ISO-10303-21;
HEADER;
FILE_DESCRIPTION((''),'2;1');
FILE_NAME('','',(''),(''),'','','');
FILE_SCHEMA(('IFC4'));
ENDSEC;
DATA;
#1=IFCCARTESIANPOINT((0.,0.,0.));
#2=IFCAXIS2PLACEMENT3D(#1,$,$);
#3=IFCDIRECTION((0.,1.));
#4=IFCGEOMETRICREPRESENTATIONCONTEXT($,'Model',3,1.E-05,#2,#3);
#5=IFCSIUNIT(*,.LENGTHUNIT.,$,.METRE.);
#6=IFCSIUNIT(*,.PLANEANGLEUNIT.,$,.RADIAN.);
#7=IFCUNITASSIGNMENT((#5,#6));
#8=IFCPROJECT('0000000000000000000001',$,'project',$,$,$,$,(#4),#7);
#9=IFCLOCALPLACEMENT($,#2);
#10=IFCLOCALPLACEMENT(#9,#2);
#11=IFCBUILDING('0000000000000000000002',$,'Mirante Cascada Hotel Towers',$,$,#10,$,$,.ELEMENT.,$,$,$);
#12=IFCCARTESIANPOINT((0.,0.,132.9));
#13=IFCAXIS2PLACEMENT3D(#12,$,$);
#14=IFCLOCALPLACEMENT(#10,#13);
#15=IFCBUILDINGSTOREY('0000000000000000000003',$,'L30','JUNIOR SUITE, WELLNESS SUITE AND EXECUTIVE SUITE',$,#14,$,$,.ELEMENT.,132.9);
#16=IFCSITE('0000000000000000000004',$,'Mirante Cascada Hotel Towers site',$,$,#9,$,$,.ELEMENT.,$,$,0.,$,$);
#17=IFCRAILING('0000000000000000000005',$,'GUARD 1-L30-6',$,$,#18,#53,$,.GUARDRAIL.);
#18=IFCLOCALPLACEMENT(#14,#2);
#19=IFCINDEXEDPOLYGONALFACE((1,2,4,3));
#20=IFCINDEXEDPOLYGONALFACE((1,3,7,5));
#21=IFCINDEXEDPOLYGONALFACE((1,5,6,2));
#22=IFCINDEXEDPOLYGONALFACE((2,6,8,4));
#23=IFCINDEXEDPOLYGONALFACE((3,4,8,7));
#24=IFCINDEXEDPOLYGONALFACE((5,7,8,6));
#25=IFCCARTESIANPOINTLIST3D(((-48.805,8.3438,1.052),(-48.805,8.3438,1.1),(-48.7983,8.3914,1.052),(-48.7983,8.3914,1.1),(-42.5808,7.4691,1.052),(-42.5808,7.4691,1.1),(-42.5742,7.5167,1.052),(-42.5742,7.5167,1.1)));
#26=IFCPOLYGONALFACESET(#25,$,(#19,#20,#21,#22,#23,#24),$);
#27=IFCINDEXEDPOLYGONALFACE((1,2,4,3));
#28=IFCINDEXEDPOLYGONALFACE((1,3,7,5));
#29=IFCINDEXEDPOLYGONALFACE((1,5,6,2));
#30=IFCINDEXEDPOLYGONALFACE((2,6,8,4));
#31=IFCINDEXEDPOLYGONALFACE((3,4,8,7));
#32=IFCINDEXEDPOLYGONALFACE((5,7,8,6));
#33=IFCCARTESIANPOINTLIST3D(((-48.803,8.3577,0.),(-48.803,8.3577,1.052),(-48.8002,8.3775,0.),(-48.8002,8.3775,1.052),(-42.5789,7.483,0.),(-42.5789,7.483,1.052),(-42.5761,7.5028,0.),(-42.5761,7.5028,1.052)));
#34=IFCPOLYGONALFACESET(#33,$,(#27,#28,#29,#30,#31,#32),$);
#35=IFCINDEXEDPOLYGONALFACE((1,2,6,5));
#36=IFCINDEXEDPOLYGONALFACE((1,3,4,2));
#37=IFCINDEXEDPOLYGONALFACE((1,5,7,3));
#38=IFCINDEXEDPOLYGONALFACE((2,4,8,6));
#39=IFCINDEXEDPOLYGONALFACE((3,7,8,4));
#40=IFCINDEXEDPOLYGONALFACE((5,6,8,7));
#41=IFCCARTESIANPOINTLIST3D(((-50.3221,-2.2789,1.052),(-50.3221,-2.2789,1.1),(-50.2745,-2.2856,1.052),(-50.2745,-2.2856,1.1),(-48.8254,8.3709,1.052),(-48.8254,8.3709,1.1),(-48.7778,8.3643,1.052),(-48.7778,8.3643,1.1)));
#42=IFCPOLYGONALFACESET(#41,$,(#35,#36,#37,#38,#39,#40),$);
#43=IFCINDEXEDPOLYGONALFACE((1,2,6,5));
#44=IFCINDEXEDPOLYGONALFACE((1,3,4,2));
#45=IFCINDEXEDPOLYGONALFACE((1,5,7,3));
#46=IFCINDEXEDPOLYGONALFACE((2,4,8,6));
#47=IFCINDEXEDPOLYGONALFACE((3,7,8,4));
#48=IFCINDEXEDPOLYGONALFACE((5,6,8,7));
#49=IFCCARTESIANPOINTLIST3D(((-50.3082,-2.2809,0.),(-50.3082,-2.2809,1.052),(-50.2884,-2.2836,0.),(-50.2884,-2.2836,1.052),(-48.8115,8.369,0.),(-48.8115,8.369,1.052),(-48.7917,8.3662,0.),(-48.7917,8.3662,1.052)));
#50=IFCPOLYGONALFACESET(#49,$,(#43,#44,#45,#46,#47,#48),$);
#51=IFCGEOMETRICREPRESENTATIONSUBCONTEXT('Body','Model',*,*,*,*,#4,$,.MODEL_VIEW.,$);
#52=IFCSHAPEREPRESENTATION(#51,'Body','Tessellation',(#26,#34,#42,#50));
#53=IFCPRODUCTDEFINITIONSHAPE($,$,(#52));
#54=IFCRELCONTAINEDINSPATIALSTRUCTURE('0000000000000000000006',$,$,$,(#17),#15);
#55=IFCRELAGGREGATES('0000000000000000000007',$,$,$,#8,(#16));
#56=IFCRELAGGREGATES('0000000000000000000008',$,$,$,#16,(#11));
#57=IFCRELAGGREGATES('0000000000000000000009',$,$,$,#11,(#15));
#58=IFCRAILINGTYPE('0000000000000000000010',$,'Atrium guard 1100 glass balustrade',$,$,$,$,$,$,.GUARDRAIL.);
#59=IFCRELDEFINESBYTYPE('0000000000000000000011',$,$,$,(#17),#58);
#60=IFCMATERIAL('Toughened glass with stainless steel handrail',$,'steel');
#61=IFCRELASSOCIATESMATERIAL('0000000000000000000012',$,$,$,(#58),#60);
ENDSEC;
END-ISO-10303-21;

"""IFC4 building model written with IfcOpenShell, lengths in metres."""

from ifc_helpers import new_model, si_unit, direction, frame, origin, origin_2d, place, context, subcontext, project, spatial, rectangle, extrude, material, type_object, element, save


model = new_model("IFC4")

# Units and contexts
model_context = context("Model", 3, precision=1e-05, world=origin(), true_north=direction((0.0, 1.0)))
body_context = subcontext(model_context, "Body", "Model", "MODEL_VIEW")
ifc_project = project(units=[si_unit("LENGTHUNIT", "METRE"), si_unit("PLANEANGLEUNIT", "RADIAN")], contexts=[model_context])

# Site, building, storey
site_placement = place(None, origin())
site = spatial("IfcSite", under=ifc_project, at=site_placement, Name="Mirante Cascada Hotel Towers site", CompositionType="ELEMENT", RefElevation=0.0)
building_placement = place(site_placement, origin())
building = spatial("IfcBuilding", under=site, at=building_placement, Name="Mirante Cascada Hotel Towers", CompositionType="ELEMENT")
storey_placement = place(building_placement, frame((0.0, 0.0, 132.9)))
storey = spatial("IfcBuildingStorey", under=building, at=storey_placement, Name="L30", Description="JUNIOR SUITE, WELLNESS SUITE AND EXECUTIVE SUITE", CompositionType="ELEMENT", Elevation=132.9)

# Railing
ifc_material_1 = material(Name="Toughened glass with stainless steel handrail", Category="steel")
railing_type = type_object("IfcRailingType", Name="Atrium guard 1100 glass balustrade", PredefinedType="GUARDRAIL", material=ifc_material_1)
railing_1_placement = place(storey_placement, frame((-42.5775, 7.4929, 0.0)))
element("IfcRailing", 1, at=railing_1_placement, inside=storey, type_object=railing_type, Name="GUARD 1-L30-6", PredefinedType="GUARDRAIL", context=body_context, shape_type="SweptSolid", body=[
    extrude(rectangle(XDim=0.048, YDim=0.048, at=origin_2d()), frame((0.0, 0.0, 1.076), z_axis=(-0.990269, 0.139167, 0.0), x_axis=(-0.139167, -0.990269, 0.0)), (0.0, 0.0, 1.0), 6.2853),
    extrude(rectangle(XDim=0.02, YDim=1.052, at=origin_2d()), frame((0.0, 0.0, 0.526), z_axis=(-0.990269, 0.139167, 0.0), x_axis=(-0.139167, -0.990269, 0.0)), (0.0, 0.0, 1.0), 6.2853),
    extrude(rectangle(XDim=0.048, YDim=0.048, at=origin_2d()), frame((-6.2241, 0.8747, 1.076), z_axis=(-0.13917, -0.990268, 0.0), x_axis=(0.990268, -0.13917, 0.0)), (0.0, 0.0, 1.0), 10.7545),
    extrude(rectangle(XDim=0.02, YDim=1.052, at=origin_2d()), frame((-6.2241, 0.8747, 0.526), z_axis=(-0.13917, -0.990268, 0.0), x_axis=(0.990268, -0.13917, 0.0)), (0.0, 0.0, 1.0), 10.7545),
])

save(model, "model.ifc")
